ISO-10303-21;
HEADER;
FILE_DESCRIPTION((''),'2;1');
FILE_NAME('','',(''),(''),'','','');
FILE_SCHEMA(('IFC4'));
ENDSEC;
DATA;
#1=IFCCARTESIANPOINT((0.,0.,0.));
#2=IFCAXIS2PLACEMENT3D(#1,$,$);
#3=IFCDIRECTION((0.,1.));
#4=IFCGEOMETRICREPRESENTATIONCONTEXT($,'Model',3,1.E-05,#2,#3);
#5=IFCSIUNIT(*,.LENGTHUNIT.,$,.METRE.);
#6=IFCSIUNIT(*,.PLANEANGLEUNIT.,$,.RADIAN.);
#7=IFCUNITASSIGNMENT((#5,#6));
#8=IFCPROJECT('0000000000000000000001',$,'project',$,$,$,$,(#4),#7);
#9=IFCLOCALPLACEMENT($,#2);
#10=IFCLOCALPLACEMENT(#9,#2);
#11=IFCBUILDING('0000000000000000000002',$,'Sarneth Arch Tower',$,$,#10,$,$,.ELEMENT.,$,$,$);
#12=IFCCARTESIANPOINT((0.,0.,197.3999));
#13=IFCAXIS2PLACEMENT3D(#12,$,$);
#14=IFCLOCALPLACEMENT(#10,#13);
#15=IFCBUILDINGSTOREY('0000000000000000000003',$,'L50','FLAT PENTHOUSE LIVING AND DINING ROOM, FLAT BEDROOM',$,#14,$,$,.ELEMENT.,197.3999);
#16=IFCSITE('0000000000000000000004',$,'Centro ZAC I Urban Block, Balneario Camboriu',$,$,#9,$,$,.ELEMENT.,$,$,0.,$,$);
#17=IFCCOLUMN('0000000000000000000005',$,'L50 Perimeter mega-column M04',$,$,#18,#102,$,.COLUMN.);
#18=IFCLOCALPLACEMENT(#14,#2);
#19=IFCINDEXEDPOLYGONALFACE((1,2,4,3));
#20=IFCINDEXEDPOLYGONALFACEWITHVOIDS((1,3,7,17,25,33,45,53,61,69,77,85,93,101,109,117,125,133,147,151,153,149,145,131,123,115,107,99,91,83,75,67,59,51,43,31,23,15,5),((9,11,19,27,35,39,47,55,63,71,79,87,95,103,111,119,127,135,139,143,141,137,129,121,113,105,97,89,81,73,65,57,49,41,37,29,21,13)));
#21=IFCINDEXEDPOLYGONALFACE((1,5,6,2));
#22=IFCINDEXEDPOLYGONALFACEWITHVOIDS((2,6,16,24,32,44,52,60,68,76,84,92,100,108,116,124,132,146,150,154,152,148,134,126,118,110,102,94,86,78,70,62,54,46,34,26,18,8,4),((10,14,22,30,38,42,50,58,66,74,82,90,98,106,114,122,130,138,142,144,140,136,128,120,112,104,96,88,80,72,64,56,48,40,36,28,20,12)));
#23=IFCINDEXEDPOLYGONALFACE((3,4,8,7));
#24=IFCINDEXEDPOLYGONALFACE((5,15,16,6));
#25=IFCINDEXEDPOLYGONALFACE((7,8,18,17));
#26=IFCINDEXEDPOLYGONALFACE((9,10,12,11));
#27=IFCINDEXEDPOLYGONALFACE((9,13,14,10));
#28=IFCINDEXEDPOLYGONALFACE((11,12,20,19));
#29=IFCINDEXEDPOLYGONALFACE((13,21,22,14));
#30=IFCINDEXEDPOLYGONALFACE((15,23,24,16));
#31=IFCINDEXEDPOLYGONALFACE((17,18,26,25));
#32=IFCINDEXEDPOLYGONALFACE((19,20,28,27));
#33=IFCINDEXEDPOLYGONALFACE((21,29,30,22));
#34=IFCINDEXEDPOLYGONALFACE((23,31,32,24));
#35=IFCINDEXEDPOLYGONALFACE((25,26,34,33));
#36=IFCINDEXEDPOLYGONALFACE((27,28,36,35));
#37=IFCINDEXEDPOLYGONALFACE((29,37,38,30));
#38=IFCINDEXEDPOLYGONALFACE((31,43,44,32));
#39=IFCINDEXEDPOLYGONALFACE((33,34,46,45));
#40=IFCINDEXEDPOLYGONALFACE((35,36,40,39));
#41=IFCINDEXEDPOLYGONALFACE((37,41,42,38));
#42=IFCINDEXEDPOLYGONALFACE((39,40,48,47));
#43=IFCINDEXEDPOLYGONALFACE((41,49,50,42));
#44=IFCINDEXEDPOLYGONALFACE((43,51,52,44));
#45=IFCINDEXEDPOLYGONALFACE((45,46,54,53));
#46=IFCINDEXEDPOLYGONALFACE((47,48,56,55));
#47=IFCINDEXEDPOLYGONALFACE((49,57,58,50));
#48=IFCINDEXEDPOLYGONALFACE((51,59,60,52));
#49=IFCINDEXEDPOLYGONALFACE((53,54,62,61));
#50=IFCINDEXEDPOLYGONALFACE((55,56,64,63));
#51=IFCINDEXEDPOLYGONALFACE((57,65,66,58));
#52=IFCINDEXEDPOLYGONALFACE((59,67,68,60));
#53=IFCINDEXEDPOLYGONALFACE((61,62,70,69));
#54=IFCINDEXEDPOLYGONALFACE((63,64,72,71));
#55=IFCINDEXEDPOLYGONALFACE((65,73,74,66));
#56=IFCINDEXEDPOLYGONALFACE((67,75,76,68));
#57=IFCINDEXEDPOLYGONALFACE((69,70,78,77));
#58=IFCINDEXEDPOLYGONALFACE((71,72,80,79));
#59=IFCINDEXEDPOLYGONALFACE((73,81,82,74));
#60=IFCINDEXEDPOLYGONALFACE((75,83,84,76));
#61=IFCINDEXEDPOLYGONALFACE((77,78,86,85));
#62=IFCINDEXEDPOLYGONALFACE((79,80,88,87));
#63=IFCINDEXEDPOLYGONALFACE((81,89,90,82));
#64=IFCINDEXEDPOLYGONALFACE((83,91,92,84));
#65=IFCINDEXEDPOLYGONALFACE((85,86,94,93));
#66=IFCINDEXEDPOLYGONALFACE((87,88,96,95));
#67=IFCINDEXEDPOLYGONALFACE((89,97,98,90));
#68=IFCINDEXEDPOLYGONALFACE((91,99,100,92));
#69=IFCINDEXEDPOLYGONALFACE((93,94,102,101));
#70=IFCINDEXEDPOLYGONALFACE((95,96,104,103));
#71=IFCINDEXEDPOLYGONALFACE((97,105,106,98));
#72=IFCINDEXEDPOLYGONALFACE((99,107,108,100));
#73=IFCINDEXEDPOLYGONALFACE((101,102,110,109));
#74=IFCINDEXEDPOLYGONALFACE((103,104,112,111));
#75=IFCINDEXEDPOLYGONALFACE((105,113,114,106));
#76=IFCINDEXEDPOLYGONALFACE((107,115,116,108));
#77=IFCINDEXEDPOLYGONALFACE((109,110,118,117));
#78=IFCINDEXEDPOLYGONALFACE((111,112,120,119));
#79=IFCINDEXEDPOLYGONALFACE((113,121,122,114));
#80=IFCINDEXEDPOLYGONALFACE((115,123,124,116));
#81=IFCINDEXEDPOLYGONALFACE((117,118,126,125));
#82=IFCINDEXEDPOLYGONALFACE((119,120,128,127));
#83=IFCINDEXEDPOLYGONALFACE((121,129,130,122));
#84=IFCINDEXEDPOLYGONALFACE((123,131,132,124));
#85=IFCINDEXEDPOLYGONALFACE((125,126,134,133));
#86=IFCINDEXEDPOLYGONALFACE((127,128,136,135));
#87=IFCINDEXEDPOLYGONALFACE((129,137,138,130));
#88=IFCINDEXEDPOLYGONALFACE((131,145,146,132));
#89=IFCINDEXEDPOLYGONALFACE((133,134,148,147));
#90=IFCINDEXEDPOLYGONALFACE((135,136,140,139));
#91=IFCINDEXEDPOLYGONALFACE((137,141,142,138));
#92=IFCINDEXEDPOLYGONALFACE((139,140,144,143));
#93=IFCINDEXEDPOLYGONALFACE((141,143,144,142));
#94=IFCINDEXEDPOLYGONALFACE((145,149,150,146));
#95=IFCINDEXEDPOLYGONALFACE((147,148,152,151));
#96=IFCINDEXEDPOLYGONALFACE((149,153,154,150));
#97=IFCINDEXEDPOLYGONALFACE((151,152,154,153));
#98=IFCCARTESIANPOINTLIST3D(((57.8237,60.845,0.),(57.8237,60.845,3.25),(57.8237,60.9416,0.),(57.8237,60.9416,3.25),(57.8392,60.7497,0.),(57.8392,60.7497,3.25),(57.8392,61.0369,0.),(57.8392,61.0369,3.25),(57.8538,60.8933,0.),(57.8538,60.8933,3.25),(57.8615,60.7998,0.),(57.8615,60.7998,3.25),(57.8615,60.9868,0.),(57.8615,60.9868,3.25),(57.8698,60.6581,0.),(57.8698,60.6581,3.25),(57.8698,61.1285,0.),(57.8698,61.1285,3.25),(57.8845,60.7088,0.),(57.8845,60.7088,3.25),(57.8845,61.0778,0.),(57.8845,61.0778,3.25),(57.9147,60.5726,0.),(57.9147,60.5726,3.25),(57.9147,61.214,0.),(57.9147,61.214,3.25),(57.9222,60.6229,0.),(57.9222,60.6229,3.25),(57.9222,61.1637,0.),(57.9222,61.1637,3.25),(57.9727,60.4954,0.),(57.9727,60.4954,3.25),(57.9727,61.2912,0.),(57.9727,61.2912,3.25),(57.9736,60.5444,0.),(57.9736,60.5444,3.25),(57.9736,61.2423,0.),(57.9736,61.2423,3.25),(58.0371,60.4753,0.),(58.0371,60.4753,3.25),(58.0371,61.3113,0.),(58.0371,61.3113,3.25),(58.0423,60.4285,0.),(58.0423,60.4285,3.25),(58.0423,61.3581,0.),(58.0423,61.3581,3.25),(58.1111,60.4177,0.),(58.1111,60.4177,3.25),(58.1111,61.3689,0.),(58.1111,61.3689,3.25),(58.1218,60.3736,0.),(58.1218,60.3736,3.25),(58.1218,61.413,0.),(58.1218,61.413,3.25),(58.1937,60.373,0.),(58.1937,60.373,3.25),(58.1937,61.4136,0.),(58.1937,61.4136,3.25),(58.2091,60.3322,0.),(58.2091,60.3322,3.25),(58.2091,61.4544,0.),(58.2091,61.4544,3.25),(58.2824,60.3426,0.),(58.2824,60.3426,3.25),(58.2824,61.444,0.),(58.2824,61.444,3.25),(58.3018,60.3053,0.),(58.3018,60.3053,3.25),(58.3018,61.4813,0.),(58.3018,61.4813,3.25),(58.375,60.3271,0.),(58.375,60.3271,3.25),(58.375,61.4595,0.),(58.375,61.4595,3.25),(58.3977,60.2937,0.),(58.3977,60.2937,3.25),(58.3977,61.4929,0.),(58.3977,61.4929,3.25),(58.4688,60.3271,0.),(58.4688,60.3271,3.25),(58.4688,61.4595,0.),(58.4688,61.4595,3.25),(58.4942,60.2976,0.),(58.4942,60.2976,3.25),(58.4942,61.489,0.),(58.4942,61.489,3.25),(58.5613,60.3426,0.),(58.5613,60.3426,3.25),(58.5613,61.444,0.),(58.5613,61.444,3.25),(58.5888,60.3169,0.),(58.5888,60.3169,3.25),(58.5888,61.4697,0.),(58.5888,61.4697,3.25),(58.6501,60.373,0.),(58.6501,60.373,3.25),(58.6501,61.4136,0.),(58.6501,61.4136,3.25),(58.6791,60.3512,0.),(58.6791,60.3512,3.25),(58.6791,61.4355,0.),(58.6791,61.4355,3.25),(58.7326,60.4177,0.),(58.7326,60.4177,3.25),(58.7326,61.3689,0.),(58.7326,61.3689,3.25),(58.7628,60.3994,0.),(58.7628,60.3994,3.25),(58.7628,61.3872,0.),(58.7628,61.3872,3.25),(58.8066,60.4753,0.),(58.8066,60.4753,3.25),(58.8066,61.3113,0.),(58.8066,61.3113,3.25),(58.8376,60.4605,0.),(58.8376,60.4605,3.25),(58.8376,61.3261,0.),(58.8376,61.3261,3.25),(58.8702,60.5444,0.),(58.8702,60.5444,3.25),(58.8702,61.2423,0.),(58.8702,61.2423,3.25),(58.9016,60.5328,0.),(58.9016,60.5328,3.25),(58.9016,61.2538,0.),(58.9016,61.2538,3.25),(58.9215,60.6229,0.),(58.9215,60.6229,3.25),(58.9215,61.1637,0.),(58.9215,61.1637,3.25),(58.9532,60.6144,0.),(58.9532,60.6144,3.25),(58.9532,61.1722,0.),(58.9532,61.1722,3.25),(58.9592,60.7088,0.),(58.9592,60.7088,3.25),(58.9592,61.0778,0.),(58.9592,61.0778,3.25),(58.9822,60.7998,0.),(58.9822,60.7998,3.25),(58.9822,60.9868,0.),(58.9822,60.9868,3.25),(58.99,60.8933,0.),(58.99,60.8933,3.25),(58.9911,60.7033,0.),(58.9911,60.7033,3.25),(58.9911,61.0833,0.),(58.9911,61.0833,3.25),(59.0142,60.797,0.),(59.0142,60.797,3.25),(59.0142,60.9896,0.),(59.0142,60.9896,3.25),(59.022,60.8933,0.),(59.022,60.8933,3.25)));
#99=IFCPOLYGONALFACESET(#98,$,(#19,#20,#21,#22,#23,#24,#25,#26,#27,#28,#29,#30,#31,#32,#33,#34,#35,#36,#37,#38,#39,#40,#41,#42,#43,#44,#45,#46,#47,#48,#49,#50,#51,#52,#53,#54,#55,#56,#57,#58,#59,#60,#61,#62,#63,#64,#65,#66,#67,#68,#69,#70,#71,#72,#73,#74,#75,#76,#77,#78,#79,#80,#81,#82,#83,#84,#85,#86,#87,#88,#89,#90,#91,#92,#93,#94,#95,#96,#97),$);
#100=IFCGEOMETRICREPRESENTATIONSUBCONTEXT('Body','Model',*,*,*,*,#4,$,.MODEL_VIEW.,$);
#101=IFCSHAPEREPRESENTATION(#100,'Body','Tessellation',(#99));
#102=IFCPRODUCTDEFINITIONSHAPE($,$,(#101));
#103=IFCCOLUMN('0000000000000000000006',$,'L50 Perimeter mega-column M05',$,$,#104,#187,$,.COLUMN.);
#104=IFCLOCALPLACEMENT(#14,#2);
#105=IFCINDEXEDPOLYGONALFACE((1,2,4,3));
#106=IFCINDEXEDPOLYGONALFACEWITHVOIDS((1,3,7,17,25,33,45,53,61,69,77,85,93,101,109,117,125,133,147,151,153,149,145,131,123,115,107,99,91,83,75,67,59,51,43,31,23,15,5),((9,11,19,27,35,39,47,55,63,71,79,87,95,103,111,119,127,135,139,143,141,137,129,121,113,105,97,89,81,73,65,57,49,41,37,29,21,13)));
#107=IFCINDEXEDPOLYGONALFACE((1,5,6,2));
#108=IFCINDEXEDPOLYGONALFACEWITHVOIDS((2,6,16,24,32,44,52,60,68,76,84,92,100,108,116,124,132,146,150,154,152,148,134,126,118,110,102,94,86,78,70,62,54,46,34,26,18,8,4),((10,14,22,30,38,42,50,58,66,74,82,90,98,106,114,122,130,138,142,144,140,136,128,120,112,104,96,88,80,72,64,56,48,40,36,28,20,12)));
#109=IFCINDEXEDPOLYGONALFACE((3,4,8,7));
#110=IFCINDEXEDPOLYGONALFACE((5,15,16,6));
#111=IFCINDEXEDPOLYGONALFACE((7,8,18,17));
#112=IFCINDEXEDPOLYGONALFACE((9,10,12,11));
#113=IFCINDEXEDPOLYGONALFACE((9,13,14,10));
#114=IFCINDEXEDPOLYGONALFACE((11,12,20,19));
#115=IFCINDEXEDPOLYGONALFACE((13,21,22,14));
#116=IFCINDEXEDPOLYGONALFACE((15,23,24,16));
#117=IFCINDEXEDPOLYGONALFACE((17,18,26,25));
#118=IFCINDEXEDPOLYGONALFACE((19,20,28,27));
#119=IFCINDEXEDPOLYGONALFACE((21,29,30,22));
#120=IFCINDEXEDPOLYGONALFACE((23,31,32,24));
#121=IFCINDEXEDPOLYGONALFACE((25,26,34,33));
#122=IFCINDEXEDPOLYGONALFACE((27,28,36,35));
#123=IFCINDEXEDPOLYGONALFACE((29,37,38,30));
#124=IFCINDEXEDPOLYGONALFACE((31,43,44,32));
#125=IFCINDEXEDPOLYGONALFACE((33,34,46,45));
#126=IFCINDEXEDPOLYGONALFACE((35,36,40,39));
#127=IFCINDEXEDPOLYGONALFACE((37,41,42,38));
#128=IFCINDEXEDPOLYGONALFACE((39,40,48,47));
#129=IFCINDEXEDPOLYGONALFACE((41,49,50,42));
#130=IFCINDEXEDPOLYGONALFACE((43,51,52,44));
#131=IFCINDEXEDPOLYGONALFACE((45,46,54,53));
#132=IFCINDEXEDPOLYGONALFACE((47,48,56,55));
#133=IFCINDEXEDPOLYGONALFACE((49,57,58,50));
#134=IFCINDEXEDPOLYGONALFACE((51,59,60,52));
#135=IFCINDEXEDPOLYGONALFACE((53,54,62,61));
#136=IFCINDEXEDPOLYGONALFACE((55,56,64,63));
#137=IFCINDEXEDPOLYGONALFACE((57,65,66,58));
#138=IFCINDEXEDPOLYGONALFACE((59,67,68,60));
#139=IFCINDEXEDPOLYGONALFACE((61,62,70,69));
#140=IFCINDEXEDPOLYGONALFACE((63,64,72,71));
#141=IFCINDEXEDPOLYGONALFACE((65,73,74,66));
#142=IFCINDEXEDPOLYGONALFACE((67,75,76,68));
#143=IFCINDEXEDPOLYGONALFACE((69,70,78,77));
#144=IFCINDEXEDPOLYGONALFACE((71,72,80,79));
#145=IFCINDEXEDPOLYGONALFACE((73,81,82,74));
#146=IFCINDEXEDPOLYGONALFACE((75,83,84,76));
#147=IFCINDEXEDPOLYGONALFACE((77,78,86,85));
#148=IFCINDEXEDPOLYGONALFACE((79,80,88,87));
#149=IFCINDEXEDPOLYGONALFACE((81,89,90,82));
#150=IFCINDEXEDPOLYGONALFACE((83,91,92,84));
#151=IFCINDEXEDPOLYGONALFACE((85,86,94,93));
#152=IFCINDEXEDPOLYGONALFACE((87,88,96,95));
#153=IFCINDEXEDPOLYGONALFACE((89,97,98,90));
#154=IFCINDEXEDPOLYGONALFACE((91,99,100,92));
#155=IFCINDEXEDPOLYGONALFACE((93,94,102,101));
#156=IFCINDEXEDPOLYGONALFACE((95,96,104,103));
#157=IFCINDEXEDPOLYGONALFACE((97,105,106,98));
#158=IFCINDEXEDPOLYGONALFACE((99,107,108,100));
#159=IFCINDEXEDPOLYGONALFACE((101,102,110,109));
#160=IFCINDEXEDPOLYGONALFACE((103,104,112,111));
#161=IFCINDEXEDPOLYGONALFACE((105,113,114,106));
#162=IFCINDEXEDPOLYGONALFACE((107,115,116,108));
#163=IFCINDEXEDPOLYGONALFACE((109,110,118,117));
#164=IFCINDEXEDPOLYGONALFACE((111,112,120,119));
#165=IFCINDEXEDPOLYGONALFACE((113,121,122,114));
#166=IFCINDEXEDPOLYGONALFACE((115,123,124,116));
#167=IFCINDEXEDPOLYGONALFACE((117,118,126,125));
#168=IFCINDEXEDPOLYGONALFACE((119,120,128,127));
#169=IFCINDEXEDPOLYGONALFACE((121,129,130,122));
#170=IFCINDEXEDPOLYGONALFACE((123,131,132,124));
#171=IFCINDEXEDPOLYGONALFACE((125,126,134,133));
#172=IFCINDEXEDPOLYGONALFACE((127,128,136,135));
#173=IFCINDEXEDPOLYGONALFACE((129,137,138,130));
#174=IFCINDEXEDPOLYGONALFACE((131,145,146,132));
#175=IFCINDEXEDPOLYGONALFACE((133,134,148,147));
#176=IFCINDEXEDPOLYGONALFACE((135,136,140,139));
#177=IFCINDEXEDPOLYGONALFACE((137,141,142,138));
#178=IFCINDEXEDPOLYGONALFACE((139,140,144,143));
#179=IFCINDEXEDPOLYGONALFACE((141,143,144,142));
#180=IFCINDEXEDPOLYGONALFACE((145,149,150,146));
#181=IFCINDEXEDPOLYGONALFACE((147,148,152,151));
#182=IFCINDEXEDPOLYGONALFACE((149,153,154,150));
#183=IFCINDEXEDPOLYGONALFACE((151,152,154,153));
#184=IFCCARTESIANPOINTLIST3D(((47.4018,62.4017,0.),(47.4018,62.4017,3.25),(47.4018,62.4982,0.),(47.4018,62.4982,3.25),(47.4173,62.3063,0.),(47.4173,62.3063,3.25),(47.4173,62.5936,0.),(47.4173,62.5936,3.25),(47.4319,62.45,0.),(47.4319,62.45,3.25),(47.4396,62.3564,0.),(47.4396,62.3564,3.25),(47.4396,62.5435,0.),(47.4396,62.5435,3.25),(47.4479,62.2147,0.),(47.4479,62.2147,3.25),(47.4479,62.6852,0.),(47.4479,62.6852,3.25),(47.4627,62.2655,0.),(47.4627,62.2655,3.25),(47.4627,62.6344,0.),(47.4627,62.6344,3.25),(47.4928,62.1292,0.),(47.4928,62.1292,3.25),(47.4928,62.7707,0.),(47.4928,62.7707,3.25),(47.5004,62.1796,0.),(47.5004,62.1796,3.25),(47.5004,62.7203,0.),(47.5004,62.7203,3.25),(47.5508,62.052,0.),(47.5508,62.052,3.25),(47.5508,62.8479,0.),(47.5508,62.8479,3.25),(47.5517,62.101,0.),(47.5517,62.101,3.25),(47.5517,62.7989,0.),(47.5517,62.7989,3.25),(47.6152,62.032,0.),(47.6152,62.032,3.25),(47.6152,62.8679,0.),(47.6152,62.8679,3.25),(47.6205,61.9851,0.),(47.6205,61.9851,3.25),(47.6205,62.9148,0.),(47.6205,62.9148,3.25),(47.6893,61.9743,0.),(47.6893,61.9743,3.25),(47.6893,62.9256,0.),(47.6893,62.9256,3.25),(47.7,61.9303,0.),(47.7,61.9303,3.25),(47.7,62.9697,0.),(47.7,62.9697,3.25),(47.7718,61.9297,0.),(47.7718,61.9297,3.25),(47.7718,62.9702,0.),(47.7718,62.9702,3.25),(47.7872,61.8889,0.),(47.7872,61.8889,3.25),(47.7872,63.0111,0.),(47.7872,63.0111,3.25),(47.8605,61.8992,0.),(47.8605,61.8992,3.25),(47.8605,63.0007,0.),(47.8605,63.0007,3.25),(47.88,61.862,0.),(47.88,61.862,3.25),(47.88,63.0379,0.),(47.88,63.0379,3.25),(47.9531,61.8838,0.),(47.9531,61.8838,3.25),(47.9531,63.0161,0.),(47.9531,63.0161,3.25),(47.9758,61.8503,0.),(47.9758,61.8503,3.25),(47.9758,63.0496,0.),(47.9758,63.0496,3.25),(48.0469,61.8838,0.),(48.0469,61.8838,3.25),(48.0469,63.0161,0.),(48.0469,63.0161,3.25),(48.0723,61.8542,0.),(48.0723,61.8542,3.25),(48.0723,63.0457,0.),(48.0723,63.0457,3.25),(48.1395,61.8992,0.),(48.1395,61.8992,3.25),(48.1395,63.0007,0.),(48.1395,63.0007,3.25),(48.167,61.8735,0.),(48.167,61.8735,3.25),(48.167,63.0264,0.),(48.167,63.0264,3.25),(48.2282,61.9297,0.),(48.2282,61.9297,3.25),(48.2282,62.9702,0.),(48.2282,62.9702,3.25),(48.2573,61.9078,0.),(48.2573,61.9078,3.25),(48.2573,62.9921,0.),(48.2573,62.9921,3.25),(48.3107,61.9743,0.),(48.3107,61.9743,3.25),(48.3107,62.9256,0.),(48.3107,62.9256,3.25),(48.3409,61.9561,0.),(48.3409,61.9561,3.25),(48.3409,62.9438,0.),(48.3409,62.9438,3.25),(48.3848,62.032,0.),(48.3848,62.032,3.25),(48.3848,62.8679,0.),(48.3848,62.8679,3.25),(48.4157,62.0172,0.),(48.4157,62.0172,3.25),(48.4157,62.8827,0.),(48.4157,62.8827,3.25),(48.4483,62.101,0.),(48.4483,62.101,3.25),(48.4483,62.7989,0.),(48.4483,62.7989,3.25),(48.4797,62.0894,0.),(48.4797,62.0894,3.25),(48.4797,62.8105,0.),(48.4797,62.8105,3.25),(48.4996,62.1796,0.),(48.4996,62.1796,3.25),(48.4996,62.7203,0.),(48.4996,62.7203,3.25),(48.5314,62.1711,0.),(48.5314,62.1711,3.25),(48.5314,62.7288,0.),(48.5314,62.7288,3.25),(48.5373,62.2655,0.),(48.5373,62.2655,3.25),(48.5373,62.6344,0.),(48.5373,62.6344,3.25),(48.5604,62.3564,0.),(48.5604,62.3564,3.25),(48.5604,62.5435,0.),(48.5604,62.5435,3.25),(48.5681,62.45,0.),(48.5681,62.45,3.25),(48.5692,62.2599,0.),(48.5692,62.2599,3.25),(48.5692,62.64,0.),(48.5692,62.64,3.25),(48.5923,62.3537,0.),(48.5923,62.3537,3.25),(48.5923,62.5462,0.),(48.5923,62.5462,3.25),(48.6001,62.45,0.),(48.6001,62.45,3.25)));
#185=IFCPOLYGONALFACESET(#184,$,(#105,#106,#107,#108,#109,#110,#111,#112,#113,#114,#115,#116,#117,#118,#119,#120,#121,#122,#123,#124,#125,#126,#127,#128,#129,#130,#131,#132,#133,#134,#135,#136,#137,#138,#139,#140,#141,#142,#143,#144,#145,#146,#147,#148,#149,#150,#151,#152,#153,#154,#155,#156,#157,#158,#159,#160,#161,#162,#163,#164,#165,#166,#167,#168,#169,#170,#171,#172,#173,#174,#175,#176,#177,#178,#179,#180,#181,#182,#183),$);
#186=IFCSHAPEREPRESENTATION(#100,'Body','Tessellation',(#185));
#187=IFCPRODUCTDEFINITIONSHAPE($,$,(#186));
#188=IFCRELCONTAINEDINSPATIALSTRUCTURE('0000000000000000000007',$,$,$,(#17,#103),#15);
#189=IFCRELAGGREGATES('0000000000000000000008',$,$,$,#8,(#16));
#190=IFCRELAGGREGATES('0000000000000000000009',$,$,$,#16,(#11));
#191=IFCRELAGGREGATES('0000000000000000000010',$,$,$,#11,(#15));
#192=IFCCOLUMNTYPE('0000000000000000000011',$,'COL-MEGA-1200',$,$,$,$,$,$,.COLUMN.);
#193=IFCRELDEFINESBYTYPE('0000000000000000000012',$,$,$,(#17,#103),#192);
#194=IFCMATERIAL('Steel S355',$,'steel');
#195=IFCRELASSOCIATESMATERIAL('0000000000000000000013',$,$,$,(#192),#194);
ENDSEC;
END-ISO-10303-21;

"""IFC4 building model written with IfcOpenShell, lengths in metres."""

from ifc_helpers import new_model, si_unit, direction, frame, origin, origin_2d, place, context, subcontext, project, spatial, hollow_circle, extrude, material, material_profile, profile_set, type_object, element, save


model = new_model("IFC4")

# Units and contexts
model_context = context("Model", 3, precision=1e-05, world=origin(), true_north=direction((0.0, 1.0)))
body_context = subcontext(model_context, "Body", "Model", "MODEL_VIEW")
ifc_project = project(units=[si_unit("LENGTHUNIT", "METRE"), si_unit("PLANEANGLEUNIT", "RADIAN")], contexts=[model_context])

# Site, building, storey
site_placement = place(None, origin())
site = spatial("IfcSite", under=ifc_project, at=site_placement, Name="Centro ZAC I Urban Block, Balneario Camboriu", CompositionType="ELEMENT", RefElevation=0.0)
building_placement = place(site_placement, origin())
building = spatial("IfcBuilding", under=site, at=building_placement, Name="Sarneth Arch Tower", CompositionType="ELEMENT")
storey_placement = place(building_placement, frame((0.0, 0.0, 197.3999)))
storey = spatial("IfcBuildingStorey", under=building, at=storey_placement, Name="L50", Description="FLAT PENTHOUSE LIVING AND DINING ROOM, FLAT BEDROOM", CompositionType="ELEMENT", Elevation=197.3999)

# Columns
ifc_material_1 = material(Name="Steel S355", Category="steel")
ifc_material_profile_1 = material_profile(ifc_material_1, hollow_circle(Radius=0.6001, WallThickness=0.032, at=origin_2d()), Name="CHS1200x32")
ifc_profile_set_1 = profile_set([ifc_material_profile_1], Name="Steel S355")
column_type = type_object("IfcColumnType", Name="COL-MEGA-1200", PredefinedType="COLUMN", material=ifc_profile_set_1)
for number, where, z_axis, x_axis, name in (
    (1, (58.4219, 60.8933, 0.0), (0.0, 0.0, 1.0), (1.0, 0.0, 0.0), "L50 Perimeter mega-column M04"),
    (2, (48.0, 62.45, 0.0), (0.0, 0.0, 1.0), (1.0, 0.0, 0.0), "L50 Perimeter mega-column M05"),
):
    element("IfcColumn", number, at=place(storey_placement, frame(where, z_axis=z_axis, x_axis=x_axis)), inside=storey, type_object=column_type, Name=name, PredefinedType="COLUMN", context=body_context, shape_type="SweptSolid", body=[
        extrude(hollow_circle(Radius=0.6001, WallThickness=0.032, at=origin_2d()), origin(), (0.0, 0.0, 1.0), 3.25),
    ])

save(model, "model.ifc")
